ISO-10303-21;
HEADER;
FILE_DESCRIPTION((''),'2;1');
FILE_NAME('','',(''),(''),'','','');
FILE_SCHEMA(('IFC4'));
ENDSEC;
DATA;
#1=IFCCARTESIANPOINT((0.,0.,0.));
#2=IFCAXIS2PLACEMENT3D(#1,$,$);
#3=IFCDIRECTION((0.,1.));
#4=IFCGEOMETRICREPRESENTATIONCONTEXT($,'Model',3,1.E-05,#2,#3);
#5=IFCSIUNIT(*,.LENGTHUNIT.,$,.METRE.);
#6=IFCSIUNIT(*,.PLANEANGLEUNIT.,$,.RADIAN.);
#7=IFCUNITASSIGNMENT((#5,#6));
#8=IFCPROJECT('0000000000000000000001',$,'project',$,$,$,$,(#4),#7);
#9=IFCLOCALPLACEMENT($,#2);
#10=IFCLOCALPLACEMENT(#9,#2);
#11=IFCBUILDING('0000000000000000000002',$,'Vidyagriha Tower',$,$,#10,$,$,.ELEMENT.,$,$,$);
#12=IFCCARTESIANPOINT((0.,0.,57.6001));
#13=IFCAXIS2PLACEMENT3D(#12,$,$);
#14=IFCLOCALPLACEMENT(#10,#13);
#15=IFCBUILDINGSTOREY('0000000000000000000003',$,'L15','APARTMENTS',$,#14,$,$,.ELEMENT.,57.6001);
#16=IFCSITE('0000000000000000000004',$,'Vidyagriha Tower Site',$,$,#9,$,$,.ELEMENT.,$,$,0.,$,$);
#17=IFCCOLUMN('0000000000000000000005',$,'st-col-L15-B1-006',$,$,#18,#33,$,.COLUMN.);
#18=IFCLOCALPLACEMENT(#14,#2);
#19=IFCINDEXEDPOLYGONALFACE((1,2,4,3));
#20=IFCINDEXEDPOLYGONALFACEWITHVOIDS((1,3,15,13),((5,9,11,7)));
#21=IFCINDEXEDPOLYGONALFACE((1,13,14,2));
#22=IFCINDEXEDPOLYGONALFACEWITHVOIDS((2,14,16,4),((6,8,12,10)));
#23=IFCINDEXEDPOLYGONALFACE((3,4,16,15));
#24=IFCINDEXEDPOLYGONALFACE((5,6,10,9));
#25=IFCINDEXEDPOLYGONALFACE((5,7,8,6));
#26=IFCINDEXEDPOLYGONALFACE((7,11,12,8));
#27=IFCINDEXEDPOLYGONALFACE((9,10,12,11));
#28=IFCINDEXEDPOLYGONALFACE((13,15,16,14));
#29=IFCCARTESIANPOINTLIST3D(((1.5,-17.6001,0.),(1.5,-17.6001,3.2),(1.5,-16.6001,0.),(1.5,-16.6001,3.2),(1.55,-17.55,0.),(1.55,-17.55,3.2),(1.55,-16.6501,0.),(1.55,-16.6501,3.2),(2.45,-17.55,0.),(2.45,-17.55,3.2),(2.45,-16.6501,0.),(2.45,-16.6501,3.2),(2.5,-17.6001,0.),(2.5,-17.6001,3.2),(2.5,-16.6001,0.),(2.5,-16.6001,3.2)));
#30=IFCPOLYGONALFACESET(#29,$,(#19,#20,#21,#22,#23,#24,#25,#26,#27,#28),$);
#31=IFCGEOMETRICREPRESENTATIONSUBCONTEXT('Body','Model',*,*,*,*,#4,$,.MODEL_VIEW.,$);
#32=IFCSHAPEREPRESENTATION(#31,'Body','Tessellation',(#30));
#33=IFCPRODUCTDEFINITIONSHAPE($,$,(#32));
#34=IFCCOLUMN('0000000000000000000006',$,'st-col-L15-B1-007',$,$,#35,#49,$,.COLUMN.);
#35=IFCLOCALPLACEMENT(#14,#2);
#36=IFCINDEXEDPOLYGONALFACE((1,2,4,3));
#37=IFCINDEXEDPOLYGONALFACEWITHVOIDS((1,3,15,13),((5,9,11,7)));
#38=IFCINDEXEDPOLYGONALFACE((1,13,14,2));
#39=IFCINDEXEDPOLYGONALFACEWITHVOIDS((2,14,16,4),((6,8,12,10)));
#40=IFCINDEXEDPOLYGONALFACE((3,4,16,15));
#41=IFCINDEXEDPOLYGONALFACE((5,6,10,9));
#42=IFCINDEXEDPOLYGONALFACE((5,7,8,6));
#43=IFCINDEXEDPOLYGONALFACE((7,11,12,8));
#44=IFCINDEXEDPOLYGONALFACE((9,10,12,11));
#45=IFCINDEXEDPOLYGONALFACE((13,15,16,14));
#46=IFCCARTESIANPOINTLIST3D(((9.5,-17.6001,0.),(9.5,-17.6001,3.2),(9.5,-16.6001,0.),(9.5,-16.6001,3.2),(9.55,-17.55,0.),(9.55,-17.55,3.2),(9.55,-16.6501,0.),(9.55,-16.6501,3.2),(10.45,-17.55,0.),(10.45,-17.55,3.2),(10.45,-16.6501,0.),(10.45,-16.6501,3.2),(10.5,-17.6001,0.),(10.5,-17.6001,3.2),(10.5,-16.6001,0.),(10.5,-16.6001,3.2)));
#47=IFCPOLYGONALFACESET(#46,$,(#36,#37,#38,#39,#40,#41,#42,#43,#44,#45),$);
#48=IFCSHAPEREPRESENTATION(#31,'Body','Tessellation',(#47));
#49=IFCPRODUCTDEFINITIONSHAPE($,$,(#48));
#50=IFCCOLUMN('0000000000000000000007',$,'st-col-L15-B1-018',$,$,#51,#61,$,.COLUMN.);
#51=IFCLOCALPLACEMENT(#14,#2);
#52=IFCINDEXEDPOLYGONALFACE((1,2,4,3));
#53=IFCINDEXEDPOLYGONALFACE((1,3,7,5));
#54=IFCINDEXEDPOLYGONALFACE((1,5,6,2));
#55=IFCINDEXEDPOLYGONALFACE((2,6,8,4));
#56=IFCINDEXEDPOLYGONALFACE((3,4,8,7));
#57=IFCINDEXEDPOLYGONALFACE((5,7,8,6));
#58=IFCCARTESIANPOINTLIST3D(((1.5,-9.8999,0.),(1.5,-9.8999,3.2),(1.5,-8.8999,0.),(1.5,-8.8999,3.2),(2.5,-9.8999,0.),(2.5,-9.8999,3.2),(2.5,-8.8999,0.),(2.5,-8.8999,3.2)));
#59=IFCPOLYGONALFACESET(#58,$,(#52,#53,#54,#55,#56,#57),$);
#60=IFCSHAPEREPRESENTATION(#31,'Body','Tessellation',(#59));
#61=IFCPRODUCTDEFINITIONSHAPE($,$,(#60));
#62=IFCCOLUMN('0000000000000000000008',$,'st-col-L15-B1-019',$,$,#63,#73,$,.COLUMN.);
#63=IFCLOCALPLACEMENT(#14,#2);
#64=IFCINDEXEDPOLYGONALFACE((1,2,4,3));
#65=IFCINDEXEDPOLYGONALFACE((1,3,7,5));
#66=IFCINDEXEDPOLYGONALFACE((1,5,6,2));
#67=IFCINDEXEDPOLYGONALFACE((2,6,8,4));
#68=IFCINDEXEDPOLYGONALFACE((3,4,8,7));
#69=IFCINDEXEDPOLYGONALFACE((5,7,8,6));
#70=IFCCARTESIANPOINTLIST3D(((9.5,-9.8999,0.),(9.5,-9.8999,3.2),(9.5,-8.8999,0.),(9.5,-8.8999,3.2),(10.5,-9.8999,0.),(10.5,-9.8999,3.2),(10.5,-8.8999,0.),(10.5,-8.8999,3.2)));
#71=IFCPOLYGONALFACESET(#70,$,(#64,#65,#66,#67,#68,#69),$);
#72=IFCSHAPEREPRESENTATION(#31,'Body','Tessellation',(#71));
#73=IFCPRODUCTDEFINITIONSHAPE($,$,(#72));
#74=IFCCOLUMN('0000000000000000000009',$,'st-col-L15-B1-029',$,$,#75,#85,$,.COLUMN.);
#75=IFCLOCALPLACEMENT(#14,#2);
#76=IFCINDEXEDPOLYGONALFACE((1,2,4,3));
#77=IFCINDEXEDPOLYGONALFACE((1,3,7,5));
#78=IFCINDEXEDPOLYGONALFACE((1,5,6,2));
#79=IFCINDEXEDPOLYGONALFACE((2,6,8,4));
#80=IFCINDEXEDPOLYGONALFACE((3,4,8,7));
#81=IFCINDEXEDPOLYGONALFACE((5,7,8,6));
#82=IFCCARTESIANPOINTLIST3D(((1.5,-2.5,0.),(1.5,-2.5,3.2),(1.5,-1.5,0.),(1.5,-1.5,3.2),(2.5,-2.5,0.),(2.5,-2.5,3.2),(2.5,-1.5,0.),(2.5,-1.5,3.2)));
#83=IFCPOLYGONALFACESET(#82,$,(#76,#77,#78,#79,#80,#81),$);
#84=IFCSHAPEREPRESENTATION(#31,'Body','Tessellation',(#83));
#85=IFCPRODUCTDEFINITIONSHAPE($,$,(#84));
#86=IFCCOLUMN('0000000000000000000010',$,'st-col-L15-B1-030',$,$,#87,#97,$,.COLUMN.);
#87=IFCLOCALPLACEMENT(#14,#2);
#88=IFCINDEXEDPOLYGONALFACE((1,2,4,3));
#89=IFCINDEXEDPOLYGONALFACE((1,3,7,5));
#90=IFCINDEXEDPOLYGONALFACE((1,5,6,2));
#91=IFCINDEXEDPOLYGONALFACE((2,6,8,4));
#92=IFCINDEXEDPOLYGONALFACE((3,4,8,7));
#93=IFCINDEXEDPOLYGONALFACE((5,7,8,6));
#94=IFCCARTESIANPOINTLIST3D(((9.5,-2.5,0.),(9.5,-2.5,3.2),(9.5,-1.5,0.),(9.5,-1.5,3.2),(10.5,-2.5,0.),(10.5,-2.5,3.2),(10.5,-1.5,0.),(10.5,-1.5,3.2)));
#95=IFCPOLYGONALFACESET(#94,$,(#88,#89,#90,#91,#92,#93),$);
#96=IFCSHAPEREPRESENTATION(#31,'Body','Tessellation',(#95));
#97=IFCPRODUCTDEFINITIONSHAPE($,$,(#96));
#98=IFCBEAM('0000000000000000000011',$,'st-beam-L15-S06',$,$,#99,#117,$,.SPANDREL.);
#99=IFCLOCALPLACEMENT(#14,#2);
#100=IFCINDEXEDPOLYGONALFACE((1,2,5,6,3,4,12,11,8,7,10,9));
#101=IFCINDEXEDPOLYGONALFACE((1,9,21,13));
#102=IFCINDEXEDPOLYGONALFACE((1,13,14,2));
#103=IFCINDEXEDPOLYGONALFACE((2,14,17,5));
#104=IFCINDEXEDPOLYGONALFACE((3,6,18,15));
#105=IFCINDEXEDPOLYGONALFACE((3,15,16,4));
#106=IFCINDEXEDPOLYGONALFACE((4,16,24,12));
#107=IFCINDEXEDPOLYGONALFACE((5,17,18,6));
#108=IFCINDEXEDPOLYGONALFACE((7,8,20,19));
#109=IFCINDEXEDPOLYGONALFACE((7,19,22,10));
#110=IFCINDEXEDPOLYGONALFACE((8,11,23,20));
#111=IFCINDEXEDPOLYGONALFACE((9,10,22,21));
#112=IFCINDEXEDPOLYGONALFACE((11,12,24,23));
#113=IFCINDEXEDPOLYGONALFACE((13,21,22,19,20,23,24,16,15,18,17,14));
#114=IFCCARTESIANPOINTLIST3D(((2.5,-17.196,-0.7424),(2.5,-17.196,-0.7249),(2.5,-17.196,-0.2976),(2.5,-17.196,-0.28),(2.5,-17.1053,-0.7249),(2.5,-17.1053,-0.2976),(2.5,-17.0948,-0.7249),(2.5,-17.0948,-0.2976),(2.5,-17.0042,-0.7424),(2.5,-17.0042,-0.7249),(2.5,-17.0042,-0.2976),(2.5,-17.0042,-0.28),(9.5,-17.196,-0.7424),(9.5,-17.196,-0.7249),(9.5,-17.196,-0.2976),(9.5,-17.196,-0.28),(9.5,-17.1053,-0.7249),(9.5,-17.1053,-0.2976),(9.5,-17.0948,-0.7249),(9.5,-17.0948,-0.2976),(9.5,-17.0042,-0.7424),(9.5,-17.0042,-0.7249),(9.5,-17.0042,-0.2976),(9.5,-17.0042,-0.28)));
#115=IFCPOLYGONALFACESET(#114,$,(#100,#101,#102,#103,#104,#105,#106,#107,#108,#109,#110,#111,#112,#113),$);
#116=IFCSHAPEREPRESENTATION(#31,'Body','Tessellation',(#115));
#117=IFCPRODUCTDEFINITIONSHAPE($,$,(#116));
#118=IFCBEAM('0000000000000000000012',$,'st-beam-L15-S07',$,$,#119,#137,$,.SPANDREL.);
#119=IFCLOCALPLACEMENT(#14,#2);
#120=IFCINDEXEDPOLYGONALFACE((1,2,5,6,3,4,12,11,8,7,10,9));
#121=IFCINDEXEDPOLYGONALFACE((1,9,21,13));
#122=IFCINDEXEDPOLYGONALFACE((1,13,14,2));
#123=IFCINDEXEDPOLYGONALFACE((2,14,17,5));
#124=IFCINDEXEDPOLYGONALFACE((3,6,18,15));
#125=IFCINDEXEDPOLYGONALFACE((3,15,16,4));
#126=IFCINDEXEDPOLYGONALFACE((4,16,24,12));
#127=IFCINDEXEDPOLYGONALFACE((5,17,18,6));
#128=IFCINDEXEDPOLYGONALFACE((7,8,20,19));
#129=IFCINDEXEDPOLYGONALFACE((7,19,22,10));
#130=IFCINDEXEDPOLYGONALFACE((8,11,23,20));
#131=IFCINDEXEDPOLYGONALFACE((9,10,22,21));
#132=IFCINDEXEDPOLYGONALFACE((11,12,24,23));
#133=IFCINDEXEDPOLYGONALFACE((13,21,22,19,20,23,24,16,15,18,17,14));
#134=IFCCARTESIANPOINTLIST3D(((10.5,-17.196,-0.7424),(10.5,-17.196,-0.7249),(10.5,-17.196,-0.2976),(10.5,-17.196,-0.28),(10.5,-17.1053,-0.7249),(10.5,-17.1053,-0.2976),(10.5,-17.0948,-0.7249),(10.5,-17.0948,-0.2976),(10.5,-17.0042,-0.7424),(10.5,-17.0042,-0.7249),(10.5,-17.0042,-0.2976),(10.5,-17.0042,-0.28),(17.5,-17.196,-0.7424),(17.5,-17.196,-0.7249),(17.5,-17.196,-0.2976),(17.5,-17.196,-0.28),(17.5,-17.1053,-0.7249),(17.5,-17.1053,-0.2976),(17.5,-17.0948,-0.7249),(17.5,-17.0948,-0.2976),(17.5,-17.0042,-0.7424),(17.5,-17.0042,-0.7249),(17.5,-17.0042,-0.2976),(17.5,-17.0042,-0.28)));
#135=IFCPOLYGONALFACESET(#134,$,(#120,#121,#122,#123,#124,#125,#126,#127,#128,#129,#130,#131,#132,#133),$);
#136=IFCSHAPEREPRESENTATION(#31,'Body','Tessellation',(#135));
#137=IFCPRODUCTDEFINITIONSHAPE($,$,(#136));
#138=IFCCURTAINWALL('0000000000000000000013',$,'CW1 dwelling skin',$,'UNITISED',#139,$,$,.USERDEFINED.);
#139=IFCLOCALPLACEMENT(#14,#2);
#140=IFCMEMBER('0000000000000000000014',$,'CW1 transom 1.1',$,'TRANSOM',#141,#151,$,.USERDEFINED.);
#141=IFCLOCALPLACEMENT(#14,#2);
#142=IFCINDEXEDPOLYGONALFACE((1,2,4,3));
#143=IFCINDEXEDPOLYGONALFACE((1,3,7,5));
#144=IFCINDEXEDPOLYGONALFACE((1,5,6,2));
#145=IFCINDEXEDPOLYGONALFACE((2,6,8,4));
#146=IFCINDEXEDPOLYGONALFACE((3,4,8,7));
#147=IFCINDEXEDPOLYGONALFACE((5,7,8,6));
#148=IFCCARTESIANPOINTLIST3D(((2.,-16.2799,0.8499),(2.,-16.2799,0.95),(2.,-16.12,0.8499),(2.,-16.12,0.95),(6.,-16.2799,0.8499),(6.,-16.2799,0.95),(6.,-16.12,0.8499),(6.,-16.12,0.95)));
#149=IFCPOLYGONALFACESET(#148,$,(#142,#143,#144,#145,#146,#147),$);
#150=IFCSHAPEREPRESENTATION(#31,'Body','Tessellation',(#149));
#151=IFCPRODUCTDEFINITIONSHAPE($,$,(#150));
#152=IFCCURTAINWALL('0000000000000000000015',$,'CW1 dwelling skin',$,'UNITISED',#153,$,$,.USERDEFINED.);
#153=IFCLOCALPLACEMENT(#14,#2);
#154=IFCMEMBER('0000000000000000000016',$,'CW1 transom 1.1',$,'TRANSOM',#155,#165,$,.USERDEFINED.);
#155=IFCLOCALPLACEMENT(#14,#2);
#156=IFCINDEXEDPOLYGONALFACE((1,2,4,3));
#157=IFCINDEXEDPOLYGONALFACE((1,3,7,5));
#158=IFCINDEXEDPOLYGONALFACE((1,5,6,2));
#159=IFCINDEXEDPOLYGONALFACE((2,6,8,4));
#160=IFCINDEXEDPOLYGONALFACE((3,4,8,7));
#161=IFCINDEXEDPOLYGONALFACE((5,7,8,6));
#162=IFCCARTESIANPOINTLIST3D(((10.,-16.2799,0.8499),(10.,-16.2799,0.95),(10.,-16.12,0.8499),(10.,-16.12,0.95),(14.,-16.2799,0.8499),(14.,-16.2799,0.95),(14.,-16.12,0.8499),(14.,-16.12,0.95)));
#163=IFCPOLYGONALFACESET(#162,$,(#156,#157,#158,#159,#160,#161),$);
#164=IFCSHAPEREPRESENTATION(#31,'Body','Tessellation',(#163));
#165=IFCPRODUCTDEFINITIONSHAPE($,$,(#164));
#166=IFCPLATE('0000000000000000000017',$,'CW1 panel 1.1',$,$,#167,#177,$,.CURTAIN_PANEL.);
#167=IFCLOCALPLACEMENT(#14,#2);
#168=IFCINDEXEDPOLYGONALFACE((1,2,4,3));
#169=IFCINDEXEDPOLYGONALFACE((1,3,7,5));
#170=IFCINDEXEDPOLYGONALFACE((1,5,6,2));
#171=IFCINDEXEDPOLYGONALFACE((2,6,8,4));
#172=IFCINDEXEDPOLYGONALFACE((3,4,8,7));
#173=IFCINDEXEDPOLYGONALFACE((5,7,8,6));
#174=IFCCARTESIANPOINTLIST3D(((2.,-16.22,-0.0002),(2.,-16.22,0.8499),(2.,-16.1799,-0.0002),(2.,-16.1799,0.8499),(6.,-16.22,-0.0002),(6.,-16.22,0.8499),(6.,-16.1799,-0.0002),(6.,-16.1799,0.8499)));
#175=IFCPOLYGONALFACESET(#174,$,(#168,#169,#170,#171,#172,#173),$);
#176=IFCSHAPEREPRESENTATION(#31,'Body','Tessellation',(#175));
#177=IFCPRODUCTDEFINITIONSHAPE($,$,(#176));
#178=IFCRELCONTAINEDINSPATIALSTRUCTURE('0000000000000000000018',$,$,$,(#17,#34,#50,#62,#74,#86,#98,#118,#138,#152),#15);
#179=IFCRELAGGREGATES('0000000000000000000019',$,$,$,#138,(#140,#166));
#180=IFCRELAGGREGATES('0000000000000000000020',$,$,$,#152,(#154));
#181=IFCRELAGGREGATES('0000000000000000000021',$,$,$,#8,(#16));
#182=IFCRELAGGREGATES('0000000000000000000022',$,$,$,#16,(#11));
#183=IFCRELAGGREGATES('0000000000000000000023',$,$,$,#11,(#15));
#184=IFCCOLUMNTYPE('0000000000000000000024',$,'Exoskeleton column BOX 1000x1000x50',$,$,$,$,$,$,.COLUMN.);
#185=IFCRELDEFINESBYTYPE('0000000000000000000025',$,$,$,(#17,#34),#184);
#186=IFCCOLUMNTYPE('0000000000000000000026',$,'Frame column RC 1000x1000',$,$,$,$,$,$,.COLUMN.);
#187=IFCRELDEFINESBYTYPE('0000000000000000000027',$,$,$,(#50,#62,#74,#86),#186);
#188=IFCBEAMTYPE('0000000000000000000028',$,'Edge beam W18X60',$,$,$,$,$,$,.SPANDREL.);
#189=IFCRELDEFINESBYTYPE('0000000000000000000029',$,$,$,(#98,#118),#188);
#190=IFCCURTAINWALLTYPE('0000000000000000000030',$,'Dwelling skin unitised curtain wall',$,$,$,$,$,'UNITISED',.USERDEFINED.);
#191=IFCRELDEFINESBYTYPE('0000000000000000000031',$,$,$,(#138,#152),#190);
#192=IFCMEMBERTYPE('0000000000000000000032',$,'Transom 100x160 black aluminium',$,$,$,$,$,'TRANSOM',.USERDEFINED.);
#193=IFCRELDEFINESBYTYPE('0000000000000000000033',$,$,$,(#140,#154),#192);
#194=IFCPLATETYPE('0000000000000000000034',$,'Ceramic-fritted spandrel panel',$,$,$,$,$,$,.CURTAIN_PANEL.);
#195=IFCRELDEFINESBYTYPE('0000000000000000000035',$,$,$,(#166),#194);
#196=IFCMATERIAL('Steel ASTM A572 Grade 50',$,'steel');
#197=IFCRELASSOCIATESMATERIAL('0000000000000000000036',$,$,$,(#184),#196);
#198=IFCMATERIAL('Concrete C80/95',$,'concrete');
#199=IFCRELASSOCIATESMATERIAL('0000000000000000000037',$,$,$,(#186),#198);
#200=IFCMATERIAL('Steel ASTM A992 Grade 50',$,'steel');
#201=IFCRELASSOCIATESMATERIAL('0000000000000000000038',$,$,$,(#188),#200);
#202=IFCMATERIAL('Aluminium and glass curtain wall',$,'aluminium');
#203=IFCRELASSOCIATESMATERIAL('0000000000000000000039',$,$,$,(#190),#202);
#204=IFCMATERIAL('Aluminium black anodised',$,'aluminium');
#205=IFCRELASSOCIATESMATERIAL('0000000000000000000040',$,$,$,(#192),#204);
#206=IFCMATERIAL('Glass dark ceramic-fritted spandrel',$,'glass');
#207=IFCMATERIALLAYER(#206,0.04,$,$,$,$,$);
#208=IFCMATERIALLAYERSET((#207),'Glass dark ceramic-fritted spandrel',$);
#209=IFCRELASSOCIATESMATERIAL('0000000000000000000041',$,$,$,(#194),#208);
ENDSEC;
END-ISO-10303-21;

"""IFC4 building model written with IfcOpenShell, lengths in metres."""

from ifc_helpers import new_model, si_unit, direction, frame, origin, origin_2d, place, context, subcontext, project, spatial, rectangle, hollow_rectangle, i_section, extrude, material, layer, layer_set, material_profile, profile_set, type_object, element, aggregate, save


model = new_model("IFC4")

# Units and contexts
model_context = context("Model", 3, precision=1e-05, world=origin(), true_north=direction((0.0, 1.0)))
body_context = subcontext(model_context, "Body", "Model", "MODEL_VIEW")
ifc_project = project(units=[si_unit("LENGTHUNIT", "METRE"), si_unit("PLANEANGLEUNIT", "RADIAN")], contexts=[model_context])

# Site, building, storey
site_placement = place(None, origin())
site = spatial("IfcSite", under=ifc_project, at=site_placement, Name="Vidyagriha Tower Site", CompositionType="ELEMENT", RefElevation=0.0)
building_placement = place(site_placement, origin())
building = spatial("IfcBuilding", under=site, at=building_placement, Name="Vidyagriha Tower", CompositionType="ELEMENT")
storey_placement = place(building_placement, frame((0.0, 0.0, 57.6001)))
storey = spatial("IfcBuildingStorey", under=building, at=storey_placement, Name="L15", Description="APARTMENTS", CompositionType="ELEMENT", Elevation=57.6001)

# Columns
ifc_material_1 = material(Name="Steel ASTM A572 Grade 50", Category="steel")
ifc_material_profile_1 = material_profile(ifc_material_1, hollow_rectangle(XDim=1.0, YDim=1.0, WallThickness=0.05, at=origin_2d()), Name="BOX 1000x1000x50")
ifc_profile_set_1 = profile_set([ifc_material_profile_1], Name="Steel ASTM A572 Grade 50")
column_type_1 = type_object("IfcColumnType", Name="Exoskeleton column BOX 1000x1000x50", PredefinedType="COLUMN", material=ifc_profile_set_1)
for number, where, name in (
    (1, (2.0, -17.1001, 0.0), "st-col-L15-B1-006"),
    (2, (10.0, -17.1001, 0.0), "st-col-L15-B1-007"),
):
    element("IfcColumn", number, at=place(storey_placement, frame(where)), inside=storey, type_object=column_type_1, Name=name, PredefinedType="COLUMN", context=body_context, shape_type="SweptSolid", body=[
        extrude(hollow_rectangle(XDim=1.0, YDim=1.0, WallThickness=0.05, at=origin_2d()), origin(), (0.0, 0.0, 1.0), 3.2),
    ])
ifc_material_2 = material(Name="Concrete C80/95", Category="concrete")
ifc_material_profile_2 = material_profile(ifc_material_2, rectangle(XDim=1.0, YDim=1.0, at=origin_2d()), Name="RC 1000x1000")
ifc_profile_set_2 = profile_set([ifc_material_profile_2], Name="Concrete C80/95")
column_type_2 = type_object("IfcColumnType", Name="Frame column RC 1000x1000", PredefinedType="COLUMN", material=ifc_profile_set_2)
for number, where, name in (
    (3, (2.0, -9.3999, 0.0), "st-col-L15-B1-018"),
    (4, (10.0, -9.3999, 0.0), "st-col-L15-B1-019"),
    (5, (2.0, -2.0, 0.0), "st-col-L15-B1-029"),
    (6, (10.0, -2.0, 0.0), "st-col-L15-B1-030"),
):
    element("IfcColumn", number, at=place(storey_placement, frame(where)), inside=storey, type_object=column_type_2, Name=name, PredefinedType="COLUMN", context=body_context, shape_type="SweptSolid", body=[
        extrude(rectangle(XDim=1.0, YDim=1.0, at=origin_2d()), origin(), (0.0, 0.0, 1.0), 3.2),
    ])

# Beams
ifc_material_3 = material(Name="Steel ASTM A992 Grade 50", Category="steel")
ifc_material_profile_3 = material_profile(ifc_material_3, i_section(OverallWidth=0.1919, OverallDepth=0.4624, WebThickness=0.0105, FlangeThickness=0.0176, at=origin_2d()), Name="W18X60")
ifc_profile_set_3 = profile_set([ifc_material_profile_3], Name="Steel ASTM A992 Grade 50")
beam_type = type_object("IfcBeamType", Name="Edge beam W18X60", PredefinedType="SPANDREL", material=ifc_profile_set_3)
for number, where, z_axis, x_axis, name in (
    (7, (2.5, -17.1001, -0.5112), (1.0, 0.0, 0.0), (0.0, 1.0, 0.0), "st-beam-L15-S06"),
    (8, (10.5, -17.1001, -0.5112), (1.0, 0.0, 0.0), (0.0, 1.0, 0.0), "st-beam-L15-S07"),
):
    element("IfcBeam", number, at=place(storey_placement, frame(where, z_axis=z_axis, x_axis=x_axis)), inside=storey, type_object=beam_type, Name=name, PredefinedType="SPANDREL", context=body_context, shape_type="SweptSolid", body=[
        extrude(i_section(OverallWidth=0.1919, OverallDepth=0.4624, WebThickness=0.0105, FlangeThickness=0.0176, at=origin_2d()), origin(), (0.0, 0.0, 1.0), 7.0),
    ])

# Curtain walls, members
ifc_material_4 = material(Name="Aluminium and glass curtain wall", Category="aluminium")
curtain_wall_type = type_object("IfcCurtainWallType", Name="Dwelling skin unitised curtain wall", ElementType="UNITISED", PredefinedType="USERDEFINED", material=ifc_material_4)
curtain_wall_1_placement = place(storey_placement, origin())
curtain_wall_1 = element("IfcCurtainWall", 9, at=curtain_wall_1_placement, inside=storey, type_object=curtain_wall_type, Name="CW1 dwelling skin", ObjectType="UNITISED", PredefinedType="USERDEFINED")
ifc_material_5 = material(Name="Aluminium black anodised", Category="aluminium")
ifc_material_profile_4 = material_profile(ifc_material_5, rectangle(XDim=0.1599, YDim=0.1001, at=origin_2d()), Name="Transom 100x160 black aluminium")
ifc_profile_set_4 = profile_set([ifc_material_profile_4], Name="Aluminium black anodised")
member_type = type_object("IfcMemberType", Name="Transom 100x160 black aluminium", ElementType="TRANSOM", PredefinedType="USERDEFINED", material=ifc_profile_set_4)
member_1_placement = place(storey_placement, frame((2.0, -16.2, 0.8999), z_axis=(1.0, 0.0, 0.0), x_axis=(0.0, 1.0, 0.0)))
member_1 = element("IfcMember", 10, at=member_1_placement, type_object=member_type, Name="CW1 transom 1.1", ObjectType="TRANSOM", PredefinedType="USERDEFINED", context=body_context, shape_type="SweptSolid", body=[
    extrude(rectangle(XDim=0.1599, YDim=0.1001, at=origin_2d()), origin(), (0.0, 0.0, 1.0), 4.0),
])
curtain_wall_2_placement = place(storey_placement, origin())
curtain_wall_2 = element("IfcCurtainWall", 11, at=curtain_wall_2_placement, inside=storey, type_object=curtain_wall_type, Name="CW1 dwelling skin", ObjectType="UNITISED", PredefinedType="USERDEFINED")
member_2_placement = place(storey_placement, frame((10.0, -16.2, 0.8999), z_axis=(1.0, 0.0, 0.0), x_axis=(0.0, 1.0, 0.0)))
member_2 = element("IfcMember", 12, at=member_2_placement, type_object=member_type, Name="CW1 transom 1.1", ObjectType="TRANSOM", PredefinedType="USERDEFINED", context=body_context, shape_type="SweptSolid", body=[
    extrude(rectangle(XDim=0.1599, YDim=0.1001, at=origin_2d()), origin(), (0.0, 0.0, 1.0), 4.0),
])

# Plate
ifc_material_6 = material(Name="Glass dark ceramic-fritted spandrel", Category="glass")
ifc_layer_1 = layer(ifc_material_6, 0.04)
ifc_layer_set_1 = layer_set([ifc_layer_1], Name="Glass dark ceramic-fritted spandrel")
plate_type_1 = type_object("IfcPlateType", Name="Ceramic-fritted spandrel panel", PredefinedType="CURTAIN_PANEL", material=ifc_layer_set_1)
plate_1_placement = place(storey_placement, frame((4.0, -16.2, -0.0002)))
plate_1 = element("IfcPlate", 13, at=plate_1_placement, type_object=plate_type_1, Name="CW1 panel 1.1", PredefinedType="CURTAIN_PANEL", context=body_context, shape_type="SweptSolid", body=[
    extrude(rectangle(XDim=4.0, YDim=0.04, at=origin_2d()), origin(), (0.0, 0.0, 1.0), 0.8501),
])

aggregate(curtain_wall_1, [member_1, plate_1])

aggregate(curtain_wall_2, [member_2])

save(model, "model.ifc")
